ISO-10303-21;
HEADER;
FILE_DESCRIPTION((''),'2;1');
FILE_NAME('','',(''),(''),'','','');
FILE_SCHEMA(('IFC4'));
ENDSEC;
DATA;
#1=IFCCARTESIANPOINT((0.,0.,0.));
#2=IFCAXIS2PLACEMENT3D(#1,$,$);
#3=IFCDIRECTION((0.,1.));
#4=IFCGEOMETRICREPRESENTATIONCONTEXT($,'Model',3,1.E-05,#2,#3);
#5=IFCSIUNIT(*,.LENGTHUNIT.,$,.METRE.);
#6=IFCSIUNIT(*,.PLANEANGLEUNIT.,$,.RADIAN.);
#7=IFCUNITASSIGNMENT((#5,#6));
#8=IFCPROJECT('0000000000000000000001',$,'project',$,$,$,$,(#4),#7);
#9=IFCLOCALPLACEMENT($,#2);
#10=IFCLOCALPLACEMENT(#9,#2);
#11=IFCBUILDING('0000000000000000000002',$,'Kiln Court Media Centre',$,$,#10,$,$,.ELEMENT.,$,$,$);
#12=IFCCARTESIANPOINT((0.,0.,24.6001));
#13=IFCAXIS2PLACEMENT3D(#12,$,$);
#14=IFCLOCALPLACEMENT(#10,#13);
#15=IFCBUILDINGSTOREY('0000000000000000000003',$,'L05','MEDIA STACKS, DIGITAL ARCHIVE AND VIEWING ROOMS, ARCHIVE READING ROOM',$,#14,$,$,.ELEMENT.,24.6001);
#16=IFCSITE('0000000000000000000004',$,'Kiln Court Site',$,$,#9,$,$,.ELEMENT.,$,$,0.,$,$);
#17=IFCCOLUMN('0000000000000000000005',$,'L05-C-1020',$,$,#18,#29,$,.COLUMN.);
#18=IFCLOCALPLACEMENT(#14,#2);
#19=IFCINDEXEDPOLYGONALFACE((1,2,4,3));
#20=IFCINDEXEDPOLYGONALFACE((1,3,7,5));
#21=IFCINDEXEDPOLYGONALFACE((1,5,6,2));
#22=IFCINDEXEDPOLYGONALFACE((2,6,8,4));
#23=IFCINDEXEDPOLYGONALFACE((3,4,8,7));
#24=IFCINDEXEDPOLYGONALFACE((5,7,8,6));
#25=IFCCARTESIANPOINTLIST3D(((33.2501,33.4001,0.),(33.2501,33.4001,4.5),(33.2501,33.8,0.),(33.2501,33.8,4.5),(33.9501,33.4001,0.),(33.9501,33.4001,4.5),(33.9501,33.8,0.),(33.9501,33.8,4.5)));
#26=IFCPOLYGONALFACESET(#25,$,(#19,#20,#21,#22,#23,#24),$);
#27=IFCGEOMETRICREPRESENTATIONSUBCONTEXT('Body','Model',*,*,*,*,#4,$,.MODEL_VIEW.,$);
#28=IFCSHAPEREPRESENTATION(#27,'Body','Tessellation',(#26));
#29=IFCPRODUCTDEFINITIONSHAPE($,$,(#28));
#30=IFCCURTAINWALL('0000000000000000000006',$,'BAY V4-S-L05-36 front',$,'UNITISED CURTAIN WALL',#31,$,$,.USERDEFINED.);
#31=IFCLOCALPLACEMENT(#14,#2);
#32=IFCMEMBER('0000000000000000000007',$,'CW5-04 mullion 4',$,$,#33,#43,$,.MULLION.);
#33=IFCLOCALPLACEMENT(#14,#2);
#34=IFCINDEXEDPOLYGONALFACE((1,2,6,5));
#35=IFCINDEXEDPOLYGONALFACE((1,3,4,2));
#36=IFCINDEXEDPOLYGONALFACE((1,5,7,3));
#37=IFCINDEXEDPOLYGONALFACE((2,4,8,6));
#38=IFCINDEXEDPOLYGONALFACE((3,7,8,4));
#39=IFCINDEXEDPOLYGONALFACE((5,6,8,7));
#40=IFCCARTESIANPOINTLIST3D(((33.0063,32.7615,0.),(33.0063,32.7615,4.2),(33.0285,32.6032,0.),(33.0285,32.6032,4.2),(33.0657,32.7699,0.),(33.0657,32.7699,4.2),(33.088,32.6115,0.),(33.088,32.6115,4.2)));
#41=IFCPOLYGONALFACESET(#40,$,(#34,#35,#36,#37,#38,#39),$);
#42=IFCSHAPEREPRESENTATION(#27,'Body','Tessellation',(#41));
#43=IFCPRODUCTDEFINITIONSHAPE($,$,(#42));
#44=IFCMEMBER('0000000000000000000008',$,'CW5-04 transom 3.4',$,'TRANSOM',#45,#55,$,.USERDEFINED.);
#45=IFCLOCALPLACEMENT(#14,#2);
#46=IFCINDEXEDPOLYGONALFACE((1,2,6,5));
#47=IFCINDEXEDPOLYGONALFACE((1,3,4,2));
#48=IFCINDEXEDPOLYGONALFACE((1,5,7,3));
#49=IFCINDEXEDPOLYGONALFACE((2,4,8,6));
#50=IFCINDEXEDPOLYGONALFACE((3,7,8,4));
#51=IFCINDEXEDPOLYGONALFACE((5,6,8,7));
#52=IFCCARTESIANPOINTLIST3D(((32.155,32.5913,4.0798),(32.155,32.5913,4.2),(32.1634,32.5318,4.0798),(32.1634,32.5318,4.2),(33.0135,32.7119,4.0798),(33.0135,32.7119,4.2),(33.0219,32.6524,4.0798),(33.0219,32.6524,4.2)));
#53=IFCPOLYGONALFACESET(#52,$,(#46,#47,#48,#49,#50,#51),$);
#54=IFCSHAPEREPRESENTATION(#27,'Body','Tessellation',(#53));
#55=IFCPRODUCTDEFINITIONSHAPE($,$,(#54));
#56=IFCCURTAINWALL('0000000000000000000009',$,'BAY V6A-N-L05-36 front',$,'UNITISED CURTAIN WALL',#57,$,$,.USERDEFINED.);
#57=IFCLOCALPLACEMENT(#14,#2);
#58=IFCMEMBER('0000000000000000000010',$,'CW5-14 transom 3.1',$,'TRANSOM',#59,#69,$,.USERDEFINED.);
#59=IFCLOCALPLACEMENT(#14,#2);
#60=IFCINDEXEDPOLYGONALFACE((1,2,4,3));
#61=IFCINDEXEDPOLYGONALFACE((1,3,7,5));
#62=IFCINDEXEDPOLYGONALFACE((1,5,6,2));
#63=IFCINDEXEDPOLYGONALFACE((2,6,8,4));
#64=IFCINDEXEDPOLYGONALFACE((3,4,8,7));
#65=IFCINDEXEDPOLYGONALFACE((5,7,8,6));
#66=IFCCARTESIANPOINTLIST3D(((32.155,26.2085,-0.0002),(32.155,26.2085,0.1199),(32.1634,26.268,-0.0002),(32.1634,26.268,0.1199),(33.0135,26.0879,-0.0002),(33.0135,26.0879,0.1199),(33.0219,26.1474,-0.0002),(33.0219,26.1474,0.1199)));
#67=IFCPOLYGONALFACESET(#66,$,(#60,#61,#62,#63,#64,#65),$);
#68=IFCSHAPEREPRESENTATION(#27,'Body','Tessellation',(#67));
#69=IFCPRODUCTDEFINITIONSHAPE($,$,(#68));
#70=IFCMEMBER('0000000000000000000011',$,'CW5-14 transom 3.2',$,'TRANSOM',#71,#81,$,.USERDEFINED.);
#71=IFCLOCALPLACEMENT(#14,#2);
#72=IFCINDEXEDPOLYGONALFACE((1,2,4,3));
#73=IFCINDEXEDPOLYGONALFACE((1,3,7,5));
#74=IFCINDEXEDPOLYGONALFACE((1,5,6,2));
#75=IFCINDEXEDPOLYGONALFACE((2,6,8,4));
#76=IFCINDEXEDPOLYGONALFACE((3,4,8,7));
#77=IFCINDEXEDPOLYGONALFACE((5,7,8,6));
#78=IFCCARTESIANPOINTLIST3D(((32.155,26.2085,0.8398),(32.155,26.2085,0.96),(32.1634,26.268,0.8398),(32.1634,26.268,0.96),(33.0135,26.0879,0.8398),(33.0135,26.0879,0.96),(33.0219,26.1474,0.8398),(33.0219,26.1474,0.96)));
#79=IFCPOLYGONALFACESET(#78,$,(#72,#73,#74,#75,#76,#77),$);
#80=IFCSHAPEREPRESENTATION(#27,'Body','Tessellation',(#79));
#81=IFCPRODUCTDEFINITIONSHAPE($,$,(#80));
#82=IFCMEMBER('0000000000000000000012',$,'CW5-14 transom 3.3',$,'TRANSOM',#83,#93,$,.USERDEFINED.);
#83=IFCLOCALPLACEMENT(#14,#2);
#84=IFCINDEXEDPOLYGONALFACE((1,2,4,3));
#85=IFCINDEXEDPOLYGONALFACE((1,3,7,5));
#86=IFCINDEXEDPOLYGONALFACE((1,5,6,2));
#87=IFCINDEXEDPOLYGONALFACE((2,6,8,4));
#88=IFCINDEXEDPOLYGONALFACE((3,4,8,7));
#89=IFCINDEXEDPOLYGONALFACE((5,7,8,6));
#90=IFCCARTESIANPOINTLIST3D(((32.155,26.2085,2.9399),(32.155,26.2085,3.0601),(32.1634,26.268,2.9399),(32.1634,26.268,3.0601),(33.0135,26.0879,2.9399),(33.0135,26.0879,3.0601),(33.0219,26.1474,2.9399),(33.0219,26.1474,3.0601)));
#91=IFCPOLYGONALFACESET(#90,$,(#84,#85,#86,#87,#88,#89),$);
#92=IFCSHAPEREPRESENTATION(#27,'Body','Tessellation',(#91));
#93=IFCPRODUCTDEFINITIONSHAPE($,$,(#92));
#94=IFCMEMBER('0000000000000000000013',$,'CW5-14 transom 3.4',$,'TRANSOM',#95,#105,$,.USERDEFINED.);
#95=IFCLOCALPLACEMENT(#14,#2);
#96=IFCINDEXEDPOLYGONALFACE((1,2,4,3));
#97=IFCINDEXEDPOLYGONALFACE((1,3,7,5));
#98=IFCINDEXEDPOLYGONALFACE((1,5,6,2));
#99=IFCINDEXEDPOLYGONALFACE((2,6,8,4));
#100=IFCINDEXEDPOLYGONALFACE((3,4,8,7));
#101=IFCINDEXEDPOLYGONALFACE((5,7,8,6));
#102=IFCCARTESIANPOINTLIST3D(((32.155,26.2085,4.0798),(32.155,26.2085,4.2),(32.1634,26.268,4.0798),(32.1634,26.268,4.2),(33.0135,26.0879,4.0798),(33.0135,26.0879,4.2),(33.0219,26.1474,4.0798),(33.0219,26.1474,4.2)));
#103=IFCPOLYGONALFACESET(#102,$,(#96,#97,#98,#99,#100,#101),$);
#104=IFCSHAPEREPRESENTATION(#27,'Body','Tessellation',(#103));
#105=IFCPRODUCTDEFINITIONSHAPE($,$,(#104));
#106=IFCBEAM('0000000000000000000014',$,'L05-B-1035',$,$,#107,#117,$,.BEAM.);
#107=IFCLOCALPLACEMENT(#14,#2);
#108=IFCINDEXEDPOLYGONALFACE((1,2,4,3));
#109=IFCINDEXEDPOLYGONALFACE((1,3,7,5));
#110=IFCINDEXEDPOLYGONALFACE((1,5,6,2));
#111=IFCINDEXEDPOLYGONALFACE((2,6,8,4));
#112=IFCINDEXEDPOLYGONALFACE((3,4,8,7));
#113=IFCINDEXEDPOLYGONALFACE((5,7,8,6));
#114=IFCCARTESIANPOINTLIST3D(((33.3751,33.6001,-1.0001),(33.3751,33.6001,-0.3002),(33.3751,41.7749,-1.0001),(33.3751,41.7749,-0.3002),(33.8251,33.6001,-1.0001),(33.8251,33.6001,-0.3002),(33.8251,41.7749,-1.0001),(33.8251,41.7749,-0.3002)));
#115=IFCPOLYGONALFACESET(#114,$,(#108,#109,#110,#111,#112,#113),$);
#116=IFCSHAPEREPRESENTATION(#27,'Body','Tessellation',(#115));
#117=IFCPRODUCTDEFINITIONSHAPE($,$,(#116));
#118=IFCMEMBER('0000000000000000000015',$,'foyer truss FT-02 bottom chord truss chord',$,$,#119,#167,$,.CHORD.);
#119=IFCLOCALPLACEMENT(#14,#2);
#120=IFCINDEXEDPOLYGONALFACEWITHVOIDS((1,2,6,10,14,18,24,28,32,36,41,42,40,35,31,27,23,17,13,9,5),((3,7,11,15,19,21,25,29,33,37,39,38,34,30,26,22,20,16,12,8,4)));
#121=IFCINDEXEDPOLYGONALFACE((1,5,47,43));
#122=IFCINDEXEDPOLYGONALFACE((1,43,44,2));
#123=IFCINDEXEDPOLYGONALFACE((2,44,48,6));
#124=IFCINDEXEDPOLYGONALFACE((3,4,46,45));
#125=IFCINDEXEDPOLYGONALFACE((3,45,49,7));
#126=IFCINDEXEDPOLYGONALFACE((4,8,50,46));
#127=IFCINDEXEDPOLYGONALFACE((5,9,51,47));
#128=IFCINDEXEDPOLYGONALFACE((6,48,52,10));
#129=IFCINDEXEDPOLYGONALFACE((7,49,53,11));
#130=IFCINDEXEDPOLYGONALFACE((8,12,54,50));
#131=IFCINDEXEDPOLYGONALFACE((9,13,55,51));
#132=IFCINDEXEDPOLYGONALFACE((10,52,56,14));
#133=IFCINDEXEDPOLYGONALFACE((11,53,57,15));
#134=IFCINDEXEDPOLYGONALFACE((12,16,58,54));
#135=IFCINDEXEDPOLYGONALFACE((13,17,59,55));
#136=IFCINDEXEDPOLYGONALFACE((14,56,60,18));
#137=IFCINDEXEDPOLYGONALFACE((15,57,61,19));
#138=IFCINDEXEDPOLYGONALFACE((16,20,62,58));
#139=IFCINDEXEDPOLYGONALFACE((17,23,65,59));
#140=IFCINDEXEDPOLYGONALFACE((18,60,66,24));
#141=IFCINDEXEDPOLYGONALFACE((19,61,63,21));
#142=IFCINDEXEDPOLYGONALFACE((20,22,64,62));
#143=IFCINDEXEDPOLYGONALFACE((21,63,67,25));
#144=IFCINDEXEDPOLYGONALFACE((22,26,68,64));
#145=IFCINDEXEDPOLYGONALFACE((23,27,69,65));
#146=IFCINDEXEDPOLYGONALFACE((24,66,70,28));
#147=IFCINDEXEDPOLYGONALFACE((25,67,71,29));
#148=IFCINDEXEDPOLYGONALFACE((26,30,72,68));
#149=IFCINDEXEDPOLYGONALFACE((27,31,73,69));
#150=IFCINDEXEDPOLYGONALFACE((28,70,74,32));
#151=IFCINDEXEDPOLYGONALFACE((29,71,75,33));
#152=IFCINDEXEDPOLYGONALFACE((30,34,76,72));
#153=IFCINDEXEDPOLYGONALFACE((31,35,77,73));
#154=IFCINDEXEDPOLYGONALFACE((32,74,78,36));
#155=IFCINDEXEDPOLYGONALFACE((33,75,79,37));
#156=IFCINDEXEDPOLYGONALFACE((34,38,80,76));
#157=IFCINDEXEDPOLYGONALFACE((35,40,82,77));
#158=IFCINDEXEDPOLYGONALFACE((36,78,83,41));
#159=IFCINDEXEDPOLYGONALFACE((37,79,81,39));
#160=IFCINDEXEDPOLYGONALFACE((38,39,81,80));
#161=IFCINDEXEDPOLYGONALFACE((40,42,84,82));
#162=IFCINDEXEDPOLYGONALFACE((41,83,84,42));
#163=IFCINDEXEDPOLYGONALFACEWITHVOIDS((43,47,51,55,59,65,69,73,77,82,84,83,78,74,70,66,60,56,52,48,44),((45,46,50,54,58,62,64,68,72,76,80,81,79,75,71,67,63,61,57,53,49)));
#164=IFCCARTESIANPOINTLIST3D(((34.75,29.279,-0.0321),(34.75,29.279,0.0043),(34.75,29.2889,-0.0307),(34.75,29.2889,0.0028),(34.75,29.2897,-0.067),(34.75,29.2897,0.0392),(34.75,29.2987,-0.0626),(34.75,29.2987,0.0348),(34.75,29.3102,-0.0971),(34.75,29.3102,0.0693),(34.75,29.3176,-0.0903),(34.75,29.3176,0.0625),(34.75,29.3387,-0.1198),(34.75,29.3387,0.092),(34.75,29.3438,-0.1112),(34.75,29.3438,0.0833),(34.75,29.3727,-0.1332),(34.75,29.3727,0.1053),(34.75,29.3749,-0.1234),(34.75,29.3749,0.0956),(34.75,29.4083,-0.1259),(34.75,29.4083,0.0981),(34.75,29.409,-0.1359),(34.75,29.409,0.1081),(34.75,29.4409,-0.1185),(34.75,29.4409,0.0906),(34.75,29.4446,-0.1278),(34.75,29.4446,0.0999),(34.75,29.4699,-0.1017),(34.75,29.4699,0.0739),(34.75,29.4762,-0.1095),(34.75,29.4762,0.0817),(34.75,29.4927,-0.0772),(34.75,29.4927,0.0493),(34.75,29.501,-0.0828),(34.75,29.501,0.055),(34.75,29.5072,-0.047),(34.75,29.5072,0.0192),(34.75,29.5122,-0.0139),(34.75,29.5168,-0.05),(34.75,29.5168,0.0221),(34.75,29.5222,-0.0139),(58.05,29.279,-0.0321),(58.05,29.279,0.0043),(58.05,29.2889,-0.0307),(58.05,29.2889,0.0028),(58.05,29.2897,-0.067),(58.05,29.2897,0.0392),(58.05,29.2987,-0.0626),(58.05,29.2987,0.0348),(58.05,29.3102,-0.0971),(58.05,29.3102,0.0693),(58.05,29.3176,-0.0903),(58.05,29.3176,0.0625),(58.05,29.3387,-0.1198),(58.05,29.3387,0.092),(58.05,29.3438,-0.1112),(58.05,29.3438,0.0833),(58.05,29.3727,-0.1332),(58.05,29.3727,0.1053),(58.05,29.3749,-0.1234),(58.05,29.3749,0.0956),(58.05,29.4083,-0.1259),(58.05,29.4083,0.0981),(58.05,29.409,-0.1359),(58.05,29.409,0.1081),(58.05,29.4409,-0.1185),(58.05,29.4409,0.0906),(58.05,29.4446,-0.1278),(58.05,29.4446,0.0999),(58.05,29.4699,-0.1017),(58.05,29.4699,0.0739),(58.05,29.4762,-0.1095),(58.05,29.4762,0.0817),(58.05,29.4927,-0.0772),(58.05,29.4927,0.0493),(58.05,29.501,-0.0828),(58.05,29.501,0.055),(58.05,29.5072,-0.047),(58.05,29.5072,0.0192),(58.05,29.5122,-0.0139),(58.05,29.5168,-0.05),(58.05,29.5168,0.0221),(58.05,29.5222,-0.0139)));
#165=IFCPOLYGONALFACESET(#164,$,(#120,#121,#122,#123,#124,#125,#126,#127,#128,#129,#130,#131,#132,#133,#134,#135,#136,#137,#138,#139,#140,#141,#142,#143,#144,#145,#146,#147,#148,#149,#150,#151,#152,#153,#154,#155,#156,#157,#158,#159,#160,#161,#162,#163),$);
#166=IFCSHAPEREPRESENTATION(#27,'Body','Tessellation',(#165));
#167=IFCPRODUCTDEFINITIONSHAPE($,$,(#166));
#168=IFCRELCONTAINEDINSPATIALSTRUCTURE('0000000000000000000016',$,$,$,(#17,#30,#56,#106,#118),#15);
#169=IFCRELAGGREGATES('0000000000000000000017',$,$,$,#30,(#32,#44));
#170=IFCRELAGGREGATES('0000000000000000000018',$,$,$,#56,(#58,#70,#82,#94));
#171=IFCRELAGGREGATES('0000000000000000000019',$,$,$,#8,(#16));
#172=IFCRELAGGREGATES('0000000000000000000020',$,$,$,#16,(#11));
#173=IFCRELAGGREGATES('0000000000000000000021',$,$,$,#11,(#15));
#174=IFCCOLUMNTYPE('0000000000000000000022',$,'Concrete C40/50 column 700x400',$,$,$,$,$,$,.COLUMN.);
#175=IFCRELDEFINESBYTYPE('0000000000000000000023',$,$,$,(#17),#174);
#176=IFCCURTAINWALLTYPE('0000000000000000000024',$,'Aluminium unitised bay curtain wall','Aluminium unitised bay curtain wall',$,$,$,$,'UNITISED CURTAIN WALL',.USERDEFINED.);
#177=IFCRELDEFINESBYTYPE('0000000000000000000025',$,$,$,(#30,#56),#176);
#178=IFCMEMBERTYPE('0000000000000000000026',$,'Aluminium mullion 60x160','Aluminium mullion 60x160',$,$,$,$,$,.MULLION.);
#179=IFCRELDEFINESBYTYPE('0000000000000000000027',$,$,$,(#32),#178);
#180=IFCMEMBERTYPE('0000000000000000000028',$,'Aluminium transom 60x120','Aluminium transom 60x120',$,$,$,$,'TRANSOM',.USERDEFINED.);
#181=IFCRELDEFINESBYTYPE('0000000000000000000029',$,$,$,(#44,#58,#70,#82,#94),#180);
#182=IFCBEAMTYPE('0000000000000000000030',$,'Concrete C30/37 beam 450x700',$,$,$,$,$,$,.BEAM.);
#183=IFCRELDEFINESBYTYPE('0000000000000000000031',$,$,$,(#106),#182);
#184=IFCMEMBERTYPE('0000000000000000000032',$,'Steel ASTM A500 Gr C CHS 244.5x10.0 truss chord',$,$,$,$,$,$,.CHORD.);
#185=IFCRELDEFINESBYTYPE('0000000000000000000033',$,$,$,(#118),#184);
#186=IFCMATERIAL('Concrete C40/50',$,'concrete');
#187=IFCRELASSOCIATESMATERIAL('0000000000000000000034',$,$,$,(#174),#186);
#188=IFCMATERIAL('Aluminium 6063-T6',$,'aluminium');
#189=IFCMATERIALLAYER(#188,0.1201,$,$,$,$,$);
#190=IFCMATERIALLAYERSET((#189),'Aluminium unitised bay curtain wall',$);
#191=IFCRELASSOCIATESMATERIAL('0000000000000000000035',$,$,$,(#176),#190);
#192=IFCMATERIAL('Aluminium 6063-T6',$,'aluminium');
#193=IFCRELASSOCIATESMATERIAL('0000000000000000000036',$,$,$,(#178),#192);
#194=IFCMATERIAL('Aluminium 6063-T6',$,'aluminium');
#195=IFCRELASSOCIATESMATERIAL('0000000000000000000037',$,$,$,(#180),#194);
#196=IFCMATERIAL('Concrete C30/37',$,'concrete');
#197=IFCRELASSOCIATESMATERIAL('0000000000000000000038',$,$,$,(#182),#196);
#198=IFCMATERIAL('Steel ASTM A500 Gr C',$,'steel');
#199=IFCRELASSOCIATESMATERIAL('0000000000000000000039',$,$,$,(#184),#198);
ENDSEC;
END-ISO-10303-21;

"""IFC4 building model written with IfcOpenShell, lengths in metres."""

from ifc_helpers import new_model, si_unit, direction, frame, origin, origin_2d, place, context, subcontext, project, spatial, rectangle, hollow_circle, extrude, material, layer, layer_set, material_profile, profile_set, type_object, element, aggregate, save


model = new_model("IFC4")

# Units and contexts
model_context = context("Model", 3, precision=1e-05, world=origin(), true_north=direction((0.0, 1.0)))
body_context = subcontext(model_context, "Body", "Model", "MODEL_VIEW")
ifc_project = project(units=[si_unit("LENGTHUNIT", "METRE"), si_unit("PLANEANGLEUNIT", "RADIAN")], contexts=[model_context])

# Site, building, storey
site_placement = place(None, origin())
site = spatial("IfcSite", under=ifc_project, at=site_placement, Name="Kiln Court Site", CompositionType="ELEMENT", RefElevation=0.0)
building_placement = place(site_placement, origin())
building = spatial("IfcBuilding", under=site, at=building_placement, Name="Kiln Court Media Centre", CompositionType="ELEMENT")
storey_placement = place(building_placement, frame((0.0, 0.0, 24.6001)))
storey = spatial("IfcBuildingStorey", under=building, at=storey_placement, Name="L05", Description="MEDIA STACKS, DIGITAL ARCHIVE AND VIEWING ROOMS, ARCHIVE READING ROOM", CompositionType="ELEMENT", Elevation=24.6001)

# Column
ifc_material_1 = material(Name="Concrete C40/50", Category="concrete")
ifc_material_profile_1 = material_profile(ifc_material_1, rectangle(XDim=0.7, YDim=0.3999, at=origin_2d()), Name="RC 700x400")
ifc_profile_set_1 = profile_set([ifc_material_profile_1], Name="Concrete C40/50")
column_type = type_object("IfcColumnType", Name="Concrete C40/50 column 700x400", PredefinedType="COLUMN", material=ifc_profile_set_1)
column_placement = place(storey_placement, frame((33.6001, 33.6001, 0.0), z_axis=(0.0, 0.0, 1.0), x_axis=(1.0, 0.0, 0.0)))
element("IfcColumn", 1, at=column_placement, inside=storey, type_object=column_type, Name="L05-C-1020", PredefinedType="COLUMN", context=body_context, shape_type="SweptSolid", body=[
    extrude(rectangle(XDim=0.7, YDim=0.3999, at=origin_2d()), origin(), (0.0, 0.0, 1.0), 4.5),
])

# Curtain walls, members
ifc_material_2 = material(Name="Aluminium 6063-T6", Category="aluminium")
ifc_layer_1 = layer(ifc_material_2, 0.1201)
ifc_layer_set_1 = layer_set([ifc_layer_1], Name="Aluminium unitised bay curtain wall")
curtain_wall_type = type_object("IfcCurtainWallType", Name="Aluminium unitised bay curtain wall", Description="Aluminium unitised bay curtain wall", ElementType="UNITISED CURTAIN WALL", PredefinedType="USERDEFINED", material=ifc_layer_set_1)
curtain_wall_1_placement = place(storey_placement, origin())
curtain_wall_1 = element("IfcCurtainWall", 2, at=curtain_wall_1_placement, inside=storey, type_object=curtain_wall_type, Name="BAY V4-S-L05-36 front", ObjectType="UNITISED CURTAIN WALL", PredefinedType="USERDEFINED")
ifc_material_3 = material(Name="Aluminium 6063-T6", Category="aluminium")
ifc_material_profile_2 = material_profile(ifc_material_3, rectangle(XDim=0.0601, YDim=0.1599, at=origin_2d()), Name="Aluminium mullion 60x160")
ifc_profile_set_2 = profile_set([ifc_material_profile_2], Name="Aluminium 6063-T6")
member_type_1 = type_object("IfcMemberType", Name="Aluminium mullion 60x160", Description="Aluminium mullion 60x160", PredefinedType="MULLION", material=ifc_profile_set_2)
member_1_placement = place(storey_placement, frame((33.0471, 32.6865, 0.0), z_axis=(0.0, 0.0, 1.0), x_axis=(0.99027, 0.139162, 0.0)))
member_1 = element("IfcMember", 3, at=member_1_placement, type_object=member_type_1, Name="CW5-04 mullion 4", PredefinedType="MULLION", context=body_context, shape_type="SweptSolid", body=[
    extrude(rectangle(XDim=0.0601, YDim=0.1599, at=origin_2d()), origin(), (0.0, 0.0, 1.0), 4.2),
])
ifc_material_4 = material(Name="Aluminium 6063-T6", Category="aluminium")
ifc_material_profile_3 = material_profile(ifc_material_4, rectangle(XDim=0.0601, YDim=0.1201, at=origin_2d()), Name="Aluminium transom 60x120")
ifc_profile_set_3 = profile_set([ifc_material_profile_3], Name="Aluminium 6063-T6")
member_type_2 = type_object("IfcMemberType", Name="Aluminium transom 60x120", Description="Aluminium transom 60x120", ElementType="TRANSOM", PredefinedType="USERDEFINED", material=ifc_profile_set_3)
member_2_placement = place(storey_placement, frame((32.1592, 32.5615, 4.1399), z_axis=(0.990274, 0.139134, 0.0), x_axis=(-0.139134, 0.990274, 0.0)))
member_2 = element("IfcMember", 4, at=member_2_placement, type_object=member_type_2, Name="CW5-04 transom 3.4", ObjectType="TRANSOM", PredefinedType="USERDEFINED", context=body_context, shape_type="SweptSolid", body=[
    extrude(rectangle(XDim=0.0601, YDim=0.1201, at=origin_2d()), origin(), (0.0, 0.0, 1.0), 0.8669),
])
curtain_wall_2_placement = place(storey_placement, origin())
curtain_wall_2 = element("IfcCurtainWall", 5, at=curtain_wall_2_placement, inside=storey, type_object=curtain_wall_type, Name="BAY V6A-N-L05-36 front", ObjectType="UNITISED CURTAIN WALL", PredefinedType="USERDEFINED")
member_3_placement = place(storey_placement, frame((32.1592, 26.2383, 0.0598), z_axis=(0.990274, -0.139134, 0.0), x_axis=(0.139134, 0.990274, 0.0)))
member_3 = element("IfcMember", 6, at=member_3_placement, type_object=member_type_2, Name="CW5-14 transom 3.1", ObjectType="TRANSOM", PredefinedType="USERDEFINED", context=body_context, shape_type="SweptSolid", body=[
    extrude(rectangle(XDim=0.0601, YDim=0.1201, at=origin_2d()), origin(), (0.0, 0.0, 1.0), 0.8669),
])
member_4_placement = place(storey_placement, frame((32.1592, 26.2383, 0.8999), z_axis=(0.990274, -0.139134, 0.0), x_axis=(0.139134, 0.990274, 0.0)))
member_4 = element("IfcMember", 7, at=member_4_placement, type_object=member_type_2, Name="CW5-14 transom 3.2", ObjectType="TRANSOM", PredefinedType="USERDEFINED", context=body_context, shape_type="SweptSolid", body=[
    extrude(rectangle(XDim=0.0601, YDim=0.1201, at=origin_2d()), origin(), (0.0, 0.0, 1.0), 0.8669),
])
member_5_placement = place(storey_placement, frame((32.1592, 26.2383, 3.0), z_axis=(0.990274, -0.139134, 0.0), x_axis=(0.139134, 0.990274, 0.0)))
member_5 = element("IfcMember", 8, at=member_5_placement, type_object=member_type_2, Name="CW5-14 transom 3.3", ObjectType="TRANSOM", PredefinedType="USERDEFINED", context=body_context, shape_type="SweptSolid", body=[
    extrude(rectangle(XDim=0.0601, YDim=0.1201, at=origin_2d()), origin(), (0.0, 0.0, 1.0), 0.8669),
])
member_6_placement = place(storey_placement, frame((32.1592, 26.2383, 4.1399), z_axis=(0.990274, -0.139134, 0.0), x_axis=(0.139134, 0.990274, 0.0)))
member_6 = element("IfcMember", 9, at=member_6_placement, type_object=member_type_2, Name="CW5-14 transom 3.4", ObjectType="TRANSOM", PredefinedType="USERDEFINED", context=body_context, shape_type="SweptSolid", body=[
    extrude(rectangle(XDim=0.0601, YDim=0.1201, at=origin_2d()), origin(), (0.0, 0.0, 1.0), 0.8669),
])

# Beam
ifc_material_5 = material(Name="Concrete C30/37", Category="concrete")
ifc_material_profile_4 = material_profile(ifc_material_5, rectangle(XDim=0.45, YDim=0.7, at=origin_2d()), Name="RC 450x700")
ifc_profile_set_4 = profile_set([ifc_material_profile_4], Name="Concrete C30/37")
beam_type_1 = type_object("IfcBeamType", Name="Concrete C30/37 beam 450x700", PredefinedType="BEAM", material=ifc_profile_set_4)
beam_1_placement = place(storey_placement, frame((33.6001, 33.6001, -0.6501), z_axis=(0.0, 1.0, 0.0), x_axis=(-1.0, 0.0, 0.0)))
element("IfcBeam", 10, at=beam_1_placement, inside=storey, type_object=beam_type_1, Name="L05-B-1035", PredefinedType="BEAM", context=body_context, shape_type="SweptSolid", body=[
    extrude(rectangle(XDim=0.45, YDim=0.7, at=origin_2d()), origin(), (0.0, 0.0, 1.0), 8.1748),
])

# Member
ifc_material_6 = material(Name="Steel ASTM A500 Gr C", Category="steel")
ifc_material_profile_5 = material_profile(ifc_material_6, hollow_circle(Radius=0.1223, WallThickness=0.01, at=origin_2d()), Name="CHS 244.5x10.0")
ifc_profile_set_5 = profile_set([ifc_material_profile_5], Name="Steel ASTM A500 Gr C")
member_type_3 = type_object("IfcMemberType", Name="Steel ASTM A500 Gr C CHS 244.5x10.0 truss chord", PredefinedType="CHORD", material=ifc_profile_set_5)
for number, where, z_axis, x_axis, name in (
    (11, (34.75, 29.3999, -0.0139), (1.0, 0.0, 0.0), (0.0, 1.0, 0.0), "foyer truss FT-02 bottom chord truss chord"),
):
    element("IfcMember", number, at=place(storey_placement, frame(where, z_axis=z_axis, x_axis=x_axis)), inside=storey, type_object=member_type_3, Name=name, PredefinedType="CHORD", context=body_context, shape_type="SweptSolid", body=[
        extrude(hollow_circle(Radius=0.1223, WallThickness=0.01, at=origin_2d()), origin(), (0.0, 0.0, 1.0), 23.3),
    ])

aggregate(curtain_wall_1, [member_1, member_2])
aggregate(curtain_wall_2, [member_3, member_4, member_5, member_6])

save(model, "model.ifc")
